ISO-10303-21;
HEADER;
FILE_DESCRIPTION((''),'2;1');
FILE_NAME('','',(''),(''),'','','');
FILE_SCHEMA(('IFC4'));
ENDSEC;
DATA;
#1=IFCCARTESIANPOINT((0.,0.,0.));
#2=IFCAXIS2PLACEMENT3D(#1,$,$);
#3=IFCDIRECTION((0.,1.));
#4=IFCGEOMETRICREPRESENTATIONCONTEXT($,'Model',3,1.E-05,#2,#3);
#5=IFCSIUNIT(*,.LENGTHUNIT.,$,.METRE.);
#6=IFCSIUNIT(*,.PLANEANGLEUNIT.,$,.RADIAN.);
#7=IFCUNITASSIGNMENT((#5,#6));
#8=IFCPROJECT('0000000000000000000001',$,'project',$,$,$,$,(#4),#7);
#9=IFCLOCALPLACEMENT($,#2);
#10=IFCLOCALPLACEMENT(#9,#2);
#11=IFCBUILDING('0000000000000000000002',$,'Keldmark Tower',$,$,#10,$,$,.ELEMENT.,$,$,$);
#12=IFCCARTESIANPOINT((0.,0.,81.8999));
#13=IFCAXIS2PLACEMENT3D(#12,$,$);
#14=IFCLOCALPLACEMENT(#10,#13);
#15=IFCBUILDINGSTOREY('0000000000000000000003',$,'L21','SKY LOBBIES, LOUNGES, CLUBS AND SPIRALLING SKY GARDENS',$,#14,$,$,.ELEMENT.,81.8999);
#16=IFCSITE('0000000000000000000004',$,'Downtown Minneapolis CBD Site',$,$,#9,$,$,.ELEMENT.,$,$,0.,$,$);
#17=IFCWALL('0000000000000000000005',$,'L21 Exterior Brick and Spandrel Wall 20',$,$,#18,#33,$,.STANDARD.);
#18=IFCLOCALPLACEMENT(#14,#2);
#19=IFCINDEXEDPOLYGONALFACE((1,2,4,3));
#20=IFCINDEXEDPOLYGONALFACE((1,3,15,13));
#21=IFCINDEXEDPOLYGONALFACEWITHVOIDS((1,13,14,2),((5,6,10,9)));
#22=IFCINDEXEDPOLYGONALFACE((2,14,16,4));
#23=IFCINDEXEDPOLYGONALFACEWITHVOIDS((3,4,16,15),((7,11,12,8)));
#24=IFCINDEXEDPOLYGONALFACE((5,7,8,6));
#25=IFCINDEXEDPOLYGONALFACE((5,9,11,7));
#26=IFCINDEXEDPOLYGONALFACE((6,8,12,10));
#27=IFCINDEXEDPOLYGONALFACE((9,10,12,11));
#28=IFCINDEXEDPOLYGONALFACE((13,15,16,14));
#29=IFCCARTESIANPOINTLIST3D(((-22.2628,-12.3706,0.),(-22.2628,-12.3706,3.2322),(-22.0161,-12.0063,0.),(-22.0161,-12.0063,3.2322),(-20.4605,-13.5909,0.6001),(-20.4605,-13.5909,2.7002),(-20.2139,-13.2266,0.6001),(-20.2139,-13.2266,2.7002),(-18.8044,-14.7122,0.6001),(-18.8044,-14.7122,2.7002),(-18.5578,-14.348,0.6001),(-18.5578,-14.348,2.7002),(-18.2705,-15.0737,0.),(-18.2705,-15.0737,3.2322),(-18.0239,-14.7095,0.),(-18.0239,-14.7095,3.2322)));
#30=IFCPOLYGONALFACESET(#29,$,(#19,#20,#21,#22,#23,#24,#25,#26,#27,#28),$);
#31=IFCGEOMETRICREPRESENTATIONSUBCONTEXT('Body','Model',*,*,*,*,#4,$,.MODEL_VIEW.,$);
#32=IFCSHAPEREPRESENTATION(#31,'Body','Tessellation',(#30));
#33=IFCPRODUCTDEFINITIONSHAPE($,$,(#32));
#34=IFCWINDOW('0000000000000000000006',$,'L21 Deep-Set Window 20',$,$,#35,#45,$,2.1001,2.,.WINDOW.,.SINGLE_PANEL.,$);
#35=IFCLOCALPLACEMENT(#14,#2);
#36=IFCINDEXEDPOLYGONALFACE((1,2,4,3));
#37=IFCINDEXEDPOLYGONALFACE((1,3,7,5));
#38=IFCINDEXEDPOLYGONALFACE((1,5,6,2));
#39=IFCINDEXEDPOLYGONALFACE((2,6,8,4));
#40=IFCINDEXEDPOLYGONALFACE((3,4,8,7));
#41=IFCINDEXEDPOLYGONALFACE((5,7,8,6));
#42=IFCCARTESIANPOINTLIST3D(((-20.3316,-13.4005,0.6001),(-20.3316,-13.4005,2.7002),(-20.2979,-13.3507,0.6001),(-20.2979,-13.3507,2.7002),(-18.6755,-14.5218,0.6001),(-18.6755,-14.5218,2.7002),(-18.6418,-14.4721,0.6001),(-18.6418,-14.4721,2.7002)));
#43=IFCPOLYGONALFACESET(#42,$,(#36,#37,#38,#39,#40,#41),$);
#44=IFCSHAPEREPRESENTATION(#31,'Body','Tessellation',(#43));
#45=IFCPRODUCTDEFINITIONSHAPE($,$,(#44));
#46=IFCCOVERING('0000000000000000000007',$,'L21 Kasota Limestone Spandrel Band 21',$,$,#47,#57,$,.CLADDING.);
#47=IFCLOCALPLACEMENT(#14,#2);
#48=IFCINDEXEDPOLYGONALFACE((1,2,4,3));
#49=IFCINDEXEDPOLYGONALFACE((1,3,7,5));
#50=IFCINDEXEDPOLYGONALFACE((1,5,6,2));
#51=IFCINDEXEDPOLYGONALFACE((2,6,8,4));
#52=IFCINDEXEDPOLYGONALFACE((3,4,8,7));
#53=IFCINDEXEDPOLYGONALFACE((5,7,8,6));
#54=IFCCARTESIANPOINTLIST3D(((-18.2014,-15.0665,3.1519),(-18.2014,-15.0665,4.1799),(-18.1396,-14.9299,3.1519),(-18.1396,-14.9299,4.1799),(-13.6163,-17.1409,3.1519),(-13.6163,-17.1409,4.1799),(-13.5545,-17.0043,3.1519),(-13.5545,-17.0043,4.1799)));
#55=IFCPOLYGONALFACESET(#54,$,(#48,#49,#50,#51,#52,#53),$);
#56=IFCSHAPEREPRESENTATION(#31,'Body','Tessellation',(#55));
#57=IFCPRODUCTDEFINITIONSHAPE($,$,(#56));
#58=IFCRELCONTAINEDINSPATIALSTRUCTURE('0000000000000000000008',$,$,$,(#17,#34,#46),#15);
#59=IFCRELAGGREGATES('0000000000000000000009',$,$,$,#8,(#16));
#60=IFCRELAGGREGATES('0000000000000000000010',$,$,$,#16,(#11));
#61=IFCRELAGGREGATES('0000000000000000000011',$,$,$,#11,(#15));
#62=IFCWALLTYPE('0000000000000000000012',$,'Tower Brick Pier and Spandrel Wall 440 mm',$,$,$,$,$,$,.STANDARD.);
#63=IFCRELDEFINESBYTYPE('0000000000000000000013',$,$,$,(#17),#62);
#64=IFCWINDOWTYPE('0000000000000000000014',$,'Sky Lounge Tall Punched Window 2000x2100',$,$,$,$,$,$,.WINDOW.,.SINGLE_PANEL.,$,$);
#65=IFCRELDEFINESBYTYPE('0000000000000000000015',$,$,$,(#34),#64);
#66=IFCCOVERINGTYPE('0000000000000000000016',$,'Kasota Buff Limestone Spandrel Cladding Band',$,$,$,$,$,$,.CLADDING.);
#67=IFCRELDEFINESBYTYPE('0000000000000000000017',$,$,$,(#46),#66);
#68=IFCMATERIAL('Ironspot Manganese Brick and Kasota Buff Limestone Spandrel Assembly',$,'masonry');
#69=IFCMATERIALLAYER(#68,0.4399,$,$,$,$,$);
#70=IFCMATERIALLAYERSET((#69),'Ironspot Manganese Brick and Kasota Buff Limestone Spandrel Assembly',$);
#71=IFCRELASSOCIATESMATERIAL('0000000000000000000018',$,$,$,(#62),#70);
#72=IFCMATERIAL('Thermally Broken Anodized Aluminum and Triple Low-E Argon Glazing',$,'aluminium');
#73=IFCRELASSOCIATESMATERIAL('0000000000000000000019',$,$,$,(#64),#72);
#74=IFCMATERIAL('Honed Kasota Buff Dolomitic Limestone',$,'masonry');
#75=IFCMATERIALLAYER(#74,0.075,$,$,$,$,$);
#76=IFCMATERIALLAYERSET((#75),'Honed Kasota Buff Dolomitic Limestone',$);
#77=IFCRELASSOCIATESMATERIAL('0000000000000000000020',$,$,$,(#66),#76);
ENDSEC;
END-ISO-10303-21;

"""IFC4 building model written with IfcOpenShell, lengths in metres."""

from ifc_helpers import new_model, si_unit, direction, frame, frame_2d, origin, origin_2d, place, context, subcontext, project, spatial, rectangle, extrude, material, layer, layer_set, type_object, element, fill, save


model = new_model("IFC4")

# Units and contexts
model_context = context("Model", 3, precision=1e-05, world=origin(), true_north=direction((0.0, 1.0)))
body_context = subcontext(model_context, "Body", "Model", "MODEL_VIEW")
ifc_project = project(units=[si_unit("LENGTHUNIT", "METRE"), si_unit("PLANEANGLEUNIT", "RADIAN")], contexts=[model_context])

# Site, building, storey
site_placement = place(None, origin())
site = spatial("IfcSite", under=ifc_project, at=site_placement, Name="Downtown Minneapolis CBD Site", CompositionType="ELEMENT", RefElevation=0.0)
building_placement = place(site_placement, origin())
building = spatial("IfcBuilding", under=site, at=building_placement, Name="Keldmark Tower", CompositionType="ELEMENT")
storey_placement = place(building_placement, frame((0.0, 0.0, 81.8999)))
storey = spatial("IfcBuildingStorey", under=building, at=storey_placement, Name="L21", Description="SKY LOBBIES, LOUNGES, CLUBS AND SPIRALLING SKY GARDENS", CompositionType="ELEMENT", Elevation=81.8999)

# Wall, opening, window
ifc_material_1 = material(Name="Ironspot Manganese Brick and Kasota Buff Limestone Spandrel Assembly", Category="masonry")
ifc_layer_1 = layer(ifc_material_1, 0.4399)
ifc_layer_set_1 = layer_set([ifc_layer_1], Name="Ironspot Manganese Brick and Kasota Buff Limestone Spandrel Assembly")
wall_type_1 = type_object("IfcWallType", Name="Tower Brick Pier and Spandrel Wall 440 mm", PredefinedType="STANDARD", material=ifc_layer_set_1)
wall_1_placement = place(storey_placement, frame((-18.1472, -14.8916, 0.0), z_axis=(0.0, 0.0, 1.0), x_axis=(-0.82804, 0.560669, 0.0)))
wall_1 = element("IfcWall", 1, at=wall_1_placement, inside=storey, type_object=wall_type_1, Name="L21 Exterior Brick and Spandrel Wall 20", PredefinedType="STANDARD", context=body_context, shape_type="SweptSolid", body=[
    extrude(rectangle(XDim=4.8213, YDim=0.4399, at=frame_2d((2.4106, 0.0))), origin(), (0.0, 0.0, 1.0), 3.2322),
])
opening_1_placement = place(wall_1_placement, frame((0.6448, 0.0, 0.6001)))
opening_1 = element("IfcOpeningElement", 2, at=opening_1_placement, cuts=wall_1, PredefinedType="OPENING", context=body_context, shape_type="SweptSolid", body=[
    extrude(rectangle(XDim=2.0, YDim=2.1001, at=frame_2d((1.0, 1.05))), frame((0.0, 0.23, 0.0), z_axis=(0.0, -1.0, 0.0), x_axis=(1.0, 0.0, 0.0)), (0.0, 0.0, 1.0), 0.46),
])
ifc_material_2 = material(Name="Thermally Broken Anodized Aluminum and Triple Low-E Argon Glazing", Category="aluminium")
window_type = type_object("IfcWindowType", Name="Sky Lounge Tall Punched Window 2000x2100", PartitioningType="SINGLE_PANEL", PredefinedType="WINDOW", material=ifc_material_2)
window_placement = place(opening_1_placement, origin())
window = element("IfcWindow", 3, at=window_placement, inside=storey, type_object=window_type, Name="L21 Deep-Set Window 20", OverallHeight=2.1001, OverallWidth=2.0, PartitioningType="SINGLE_PANEL", PredefinedType="WINDOW", context=body_context, shape_type="SweptSolid", body=[
    extrude(rectangle(XDim=2.0, YDim=2.1001, at=frame_2d((1.0, 1.05))), frame((0.0, -0.01, 0.0), z_axis=(0.0, -1.0, 0.0), x_axis=(1.0, 0.0, 0.0)), (0.0, 0.0, 1.0), 0.0601),
])
fill(opening_1, window)

# Covering
ifc_material_3 = material(Name="Honed Kasota Buff Dolomitic Limestone", Category="masonry")
ifc_layer_2 = layer(ifc_material_3, 0.075)
ifc_layer_set_2 = layer_set([ifc_layer_2], Name="Honed Kasota Buff Dolomitic Limestone")
covering_type = type_object("IfcCoveringType", Name="Kasota Buff Limestone Spandrel Cladding Band", PredefinedType="CLADDING", material=ifc_layer_set_2)
covering_placement = place(storey_placement, frame((-15.8779, -16.0354, 3.1519), z_axis=(0.0, 0.0, 1.0), x_axis=(0.911094, -0.412198, 0.0)))
element("IfcCovering", 4, at=covering_placement, inside=storey, type_object=covering_type, Name="L21 Kasota Limestone Spandrel Band 21", PredefinedType="CLADDING", context=body_context, shape_type="SweptSolid", body=[
    extrude(rectangle(XDim=5.0325, YDim=0.1499, at=origin_2d()), origin(), (0.0, 0.0, 1.0), 1.0281),
])

save(model, "model.ifc")
